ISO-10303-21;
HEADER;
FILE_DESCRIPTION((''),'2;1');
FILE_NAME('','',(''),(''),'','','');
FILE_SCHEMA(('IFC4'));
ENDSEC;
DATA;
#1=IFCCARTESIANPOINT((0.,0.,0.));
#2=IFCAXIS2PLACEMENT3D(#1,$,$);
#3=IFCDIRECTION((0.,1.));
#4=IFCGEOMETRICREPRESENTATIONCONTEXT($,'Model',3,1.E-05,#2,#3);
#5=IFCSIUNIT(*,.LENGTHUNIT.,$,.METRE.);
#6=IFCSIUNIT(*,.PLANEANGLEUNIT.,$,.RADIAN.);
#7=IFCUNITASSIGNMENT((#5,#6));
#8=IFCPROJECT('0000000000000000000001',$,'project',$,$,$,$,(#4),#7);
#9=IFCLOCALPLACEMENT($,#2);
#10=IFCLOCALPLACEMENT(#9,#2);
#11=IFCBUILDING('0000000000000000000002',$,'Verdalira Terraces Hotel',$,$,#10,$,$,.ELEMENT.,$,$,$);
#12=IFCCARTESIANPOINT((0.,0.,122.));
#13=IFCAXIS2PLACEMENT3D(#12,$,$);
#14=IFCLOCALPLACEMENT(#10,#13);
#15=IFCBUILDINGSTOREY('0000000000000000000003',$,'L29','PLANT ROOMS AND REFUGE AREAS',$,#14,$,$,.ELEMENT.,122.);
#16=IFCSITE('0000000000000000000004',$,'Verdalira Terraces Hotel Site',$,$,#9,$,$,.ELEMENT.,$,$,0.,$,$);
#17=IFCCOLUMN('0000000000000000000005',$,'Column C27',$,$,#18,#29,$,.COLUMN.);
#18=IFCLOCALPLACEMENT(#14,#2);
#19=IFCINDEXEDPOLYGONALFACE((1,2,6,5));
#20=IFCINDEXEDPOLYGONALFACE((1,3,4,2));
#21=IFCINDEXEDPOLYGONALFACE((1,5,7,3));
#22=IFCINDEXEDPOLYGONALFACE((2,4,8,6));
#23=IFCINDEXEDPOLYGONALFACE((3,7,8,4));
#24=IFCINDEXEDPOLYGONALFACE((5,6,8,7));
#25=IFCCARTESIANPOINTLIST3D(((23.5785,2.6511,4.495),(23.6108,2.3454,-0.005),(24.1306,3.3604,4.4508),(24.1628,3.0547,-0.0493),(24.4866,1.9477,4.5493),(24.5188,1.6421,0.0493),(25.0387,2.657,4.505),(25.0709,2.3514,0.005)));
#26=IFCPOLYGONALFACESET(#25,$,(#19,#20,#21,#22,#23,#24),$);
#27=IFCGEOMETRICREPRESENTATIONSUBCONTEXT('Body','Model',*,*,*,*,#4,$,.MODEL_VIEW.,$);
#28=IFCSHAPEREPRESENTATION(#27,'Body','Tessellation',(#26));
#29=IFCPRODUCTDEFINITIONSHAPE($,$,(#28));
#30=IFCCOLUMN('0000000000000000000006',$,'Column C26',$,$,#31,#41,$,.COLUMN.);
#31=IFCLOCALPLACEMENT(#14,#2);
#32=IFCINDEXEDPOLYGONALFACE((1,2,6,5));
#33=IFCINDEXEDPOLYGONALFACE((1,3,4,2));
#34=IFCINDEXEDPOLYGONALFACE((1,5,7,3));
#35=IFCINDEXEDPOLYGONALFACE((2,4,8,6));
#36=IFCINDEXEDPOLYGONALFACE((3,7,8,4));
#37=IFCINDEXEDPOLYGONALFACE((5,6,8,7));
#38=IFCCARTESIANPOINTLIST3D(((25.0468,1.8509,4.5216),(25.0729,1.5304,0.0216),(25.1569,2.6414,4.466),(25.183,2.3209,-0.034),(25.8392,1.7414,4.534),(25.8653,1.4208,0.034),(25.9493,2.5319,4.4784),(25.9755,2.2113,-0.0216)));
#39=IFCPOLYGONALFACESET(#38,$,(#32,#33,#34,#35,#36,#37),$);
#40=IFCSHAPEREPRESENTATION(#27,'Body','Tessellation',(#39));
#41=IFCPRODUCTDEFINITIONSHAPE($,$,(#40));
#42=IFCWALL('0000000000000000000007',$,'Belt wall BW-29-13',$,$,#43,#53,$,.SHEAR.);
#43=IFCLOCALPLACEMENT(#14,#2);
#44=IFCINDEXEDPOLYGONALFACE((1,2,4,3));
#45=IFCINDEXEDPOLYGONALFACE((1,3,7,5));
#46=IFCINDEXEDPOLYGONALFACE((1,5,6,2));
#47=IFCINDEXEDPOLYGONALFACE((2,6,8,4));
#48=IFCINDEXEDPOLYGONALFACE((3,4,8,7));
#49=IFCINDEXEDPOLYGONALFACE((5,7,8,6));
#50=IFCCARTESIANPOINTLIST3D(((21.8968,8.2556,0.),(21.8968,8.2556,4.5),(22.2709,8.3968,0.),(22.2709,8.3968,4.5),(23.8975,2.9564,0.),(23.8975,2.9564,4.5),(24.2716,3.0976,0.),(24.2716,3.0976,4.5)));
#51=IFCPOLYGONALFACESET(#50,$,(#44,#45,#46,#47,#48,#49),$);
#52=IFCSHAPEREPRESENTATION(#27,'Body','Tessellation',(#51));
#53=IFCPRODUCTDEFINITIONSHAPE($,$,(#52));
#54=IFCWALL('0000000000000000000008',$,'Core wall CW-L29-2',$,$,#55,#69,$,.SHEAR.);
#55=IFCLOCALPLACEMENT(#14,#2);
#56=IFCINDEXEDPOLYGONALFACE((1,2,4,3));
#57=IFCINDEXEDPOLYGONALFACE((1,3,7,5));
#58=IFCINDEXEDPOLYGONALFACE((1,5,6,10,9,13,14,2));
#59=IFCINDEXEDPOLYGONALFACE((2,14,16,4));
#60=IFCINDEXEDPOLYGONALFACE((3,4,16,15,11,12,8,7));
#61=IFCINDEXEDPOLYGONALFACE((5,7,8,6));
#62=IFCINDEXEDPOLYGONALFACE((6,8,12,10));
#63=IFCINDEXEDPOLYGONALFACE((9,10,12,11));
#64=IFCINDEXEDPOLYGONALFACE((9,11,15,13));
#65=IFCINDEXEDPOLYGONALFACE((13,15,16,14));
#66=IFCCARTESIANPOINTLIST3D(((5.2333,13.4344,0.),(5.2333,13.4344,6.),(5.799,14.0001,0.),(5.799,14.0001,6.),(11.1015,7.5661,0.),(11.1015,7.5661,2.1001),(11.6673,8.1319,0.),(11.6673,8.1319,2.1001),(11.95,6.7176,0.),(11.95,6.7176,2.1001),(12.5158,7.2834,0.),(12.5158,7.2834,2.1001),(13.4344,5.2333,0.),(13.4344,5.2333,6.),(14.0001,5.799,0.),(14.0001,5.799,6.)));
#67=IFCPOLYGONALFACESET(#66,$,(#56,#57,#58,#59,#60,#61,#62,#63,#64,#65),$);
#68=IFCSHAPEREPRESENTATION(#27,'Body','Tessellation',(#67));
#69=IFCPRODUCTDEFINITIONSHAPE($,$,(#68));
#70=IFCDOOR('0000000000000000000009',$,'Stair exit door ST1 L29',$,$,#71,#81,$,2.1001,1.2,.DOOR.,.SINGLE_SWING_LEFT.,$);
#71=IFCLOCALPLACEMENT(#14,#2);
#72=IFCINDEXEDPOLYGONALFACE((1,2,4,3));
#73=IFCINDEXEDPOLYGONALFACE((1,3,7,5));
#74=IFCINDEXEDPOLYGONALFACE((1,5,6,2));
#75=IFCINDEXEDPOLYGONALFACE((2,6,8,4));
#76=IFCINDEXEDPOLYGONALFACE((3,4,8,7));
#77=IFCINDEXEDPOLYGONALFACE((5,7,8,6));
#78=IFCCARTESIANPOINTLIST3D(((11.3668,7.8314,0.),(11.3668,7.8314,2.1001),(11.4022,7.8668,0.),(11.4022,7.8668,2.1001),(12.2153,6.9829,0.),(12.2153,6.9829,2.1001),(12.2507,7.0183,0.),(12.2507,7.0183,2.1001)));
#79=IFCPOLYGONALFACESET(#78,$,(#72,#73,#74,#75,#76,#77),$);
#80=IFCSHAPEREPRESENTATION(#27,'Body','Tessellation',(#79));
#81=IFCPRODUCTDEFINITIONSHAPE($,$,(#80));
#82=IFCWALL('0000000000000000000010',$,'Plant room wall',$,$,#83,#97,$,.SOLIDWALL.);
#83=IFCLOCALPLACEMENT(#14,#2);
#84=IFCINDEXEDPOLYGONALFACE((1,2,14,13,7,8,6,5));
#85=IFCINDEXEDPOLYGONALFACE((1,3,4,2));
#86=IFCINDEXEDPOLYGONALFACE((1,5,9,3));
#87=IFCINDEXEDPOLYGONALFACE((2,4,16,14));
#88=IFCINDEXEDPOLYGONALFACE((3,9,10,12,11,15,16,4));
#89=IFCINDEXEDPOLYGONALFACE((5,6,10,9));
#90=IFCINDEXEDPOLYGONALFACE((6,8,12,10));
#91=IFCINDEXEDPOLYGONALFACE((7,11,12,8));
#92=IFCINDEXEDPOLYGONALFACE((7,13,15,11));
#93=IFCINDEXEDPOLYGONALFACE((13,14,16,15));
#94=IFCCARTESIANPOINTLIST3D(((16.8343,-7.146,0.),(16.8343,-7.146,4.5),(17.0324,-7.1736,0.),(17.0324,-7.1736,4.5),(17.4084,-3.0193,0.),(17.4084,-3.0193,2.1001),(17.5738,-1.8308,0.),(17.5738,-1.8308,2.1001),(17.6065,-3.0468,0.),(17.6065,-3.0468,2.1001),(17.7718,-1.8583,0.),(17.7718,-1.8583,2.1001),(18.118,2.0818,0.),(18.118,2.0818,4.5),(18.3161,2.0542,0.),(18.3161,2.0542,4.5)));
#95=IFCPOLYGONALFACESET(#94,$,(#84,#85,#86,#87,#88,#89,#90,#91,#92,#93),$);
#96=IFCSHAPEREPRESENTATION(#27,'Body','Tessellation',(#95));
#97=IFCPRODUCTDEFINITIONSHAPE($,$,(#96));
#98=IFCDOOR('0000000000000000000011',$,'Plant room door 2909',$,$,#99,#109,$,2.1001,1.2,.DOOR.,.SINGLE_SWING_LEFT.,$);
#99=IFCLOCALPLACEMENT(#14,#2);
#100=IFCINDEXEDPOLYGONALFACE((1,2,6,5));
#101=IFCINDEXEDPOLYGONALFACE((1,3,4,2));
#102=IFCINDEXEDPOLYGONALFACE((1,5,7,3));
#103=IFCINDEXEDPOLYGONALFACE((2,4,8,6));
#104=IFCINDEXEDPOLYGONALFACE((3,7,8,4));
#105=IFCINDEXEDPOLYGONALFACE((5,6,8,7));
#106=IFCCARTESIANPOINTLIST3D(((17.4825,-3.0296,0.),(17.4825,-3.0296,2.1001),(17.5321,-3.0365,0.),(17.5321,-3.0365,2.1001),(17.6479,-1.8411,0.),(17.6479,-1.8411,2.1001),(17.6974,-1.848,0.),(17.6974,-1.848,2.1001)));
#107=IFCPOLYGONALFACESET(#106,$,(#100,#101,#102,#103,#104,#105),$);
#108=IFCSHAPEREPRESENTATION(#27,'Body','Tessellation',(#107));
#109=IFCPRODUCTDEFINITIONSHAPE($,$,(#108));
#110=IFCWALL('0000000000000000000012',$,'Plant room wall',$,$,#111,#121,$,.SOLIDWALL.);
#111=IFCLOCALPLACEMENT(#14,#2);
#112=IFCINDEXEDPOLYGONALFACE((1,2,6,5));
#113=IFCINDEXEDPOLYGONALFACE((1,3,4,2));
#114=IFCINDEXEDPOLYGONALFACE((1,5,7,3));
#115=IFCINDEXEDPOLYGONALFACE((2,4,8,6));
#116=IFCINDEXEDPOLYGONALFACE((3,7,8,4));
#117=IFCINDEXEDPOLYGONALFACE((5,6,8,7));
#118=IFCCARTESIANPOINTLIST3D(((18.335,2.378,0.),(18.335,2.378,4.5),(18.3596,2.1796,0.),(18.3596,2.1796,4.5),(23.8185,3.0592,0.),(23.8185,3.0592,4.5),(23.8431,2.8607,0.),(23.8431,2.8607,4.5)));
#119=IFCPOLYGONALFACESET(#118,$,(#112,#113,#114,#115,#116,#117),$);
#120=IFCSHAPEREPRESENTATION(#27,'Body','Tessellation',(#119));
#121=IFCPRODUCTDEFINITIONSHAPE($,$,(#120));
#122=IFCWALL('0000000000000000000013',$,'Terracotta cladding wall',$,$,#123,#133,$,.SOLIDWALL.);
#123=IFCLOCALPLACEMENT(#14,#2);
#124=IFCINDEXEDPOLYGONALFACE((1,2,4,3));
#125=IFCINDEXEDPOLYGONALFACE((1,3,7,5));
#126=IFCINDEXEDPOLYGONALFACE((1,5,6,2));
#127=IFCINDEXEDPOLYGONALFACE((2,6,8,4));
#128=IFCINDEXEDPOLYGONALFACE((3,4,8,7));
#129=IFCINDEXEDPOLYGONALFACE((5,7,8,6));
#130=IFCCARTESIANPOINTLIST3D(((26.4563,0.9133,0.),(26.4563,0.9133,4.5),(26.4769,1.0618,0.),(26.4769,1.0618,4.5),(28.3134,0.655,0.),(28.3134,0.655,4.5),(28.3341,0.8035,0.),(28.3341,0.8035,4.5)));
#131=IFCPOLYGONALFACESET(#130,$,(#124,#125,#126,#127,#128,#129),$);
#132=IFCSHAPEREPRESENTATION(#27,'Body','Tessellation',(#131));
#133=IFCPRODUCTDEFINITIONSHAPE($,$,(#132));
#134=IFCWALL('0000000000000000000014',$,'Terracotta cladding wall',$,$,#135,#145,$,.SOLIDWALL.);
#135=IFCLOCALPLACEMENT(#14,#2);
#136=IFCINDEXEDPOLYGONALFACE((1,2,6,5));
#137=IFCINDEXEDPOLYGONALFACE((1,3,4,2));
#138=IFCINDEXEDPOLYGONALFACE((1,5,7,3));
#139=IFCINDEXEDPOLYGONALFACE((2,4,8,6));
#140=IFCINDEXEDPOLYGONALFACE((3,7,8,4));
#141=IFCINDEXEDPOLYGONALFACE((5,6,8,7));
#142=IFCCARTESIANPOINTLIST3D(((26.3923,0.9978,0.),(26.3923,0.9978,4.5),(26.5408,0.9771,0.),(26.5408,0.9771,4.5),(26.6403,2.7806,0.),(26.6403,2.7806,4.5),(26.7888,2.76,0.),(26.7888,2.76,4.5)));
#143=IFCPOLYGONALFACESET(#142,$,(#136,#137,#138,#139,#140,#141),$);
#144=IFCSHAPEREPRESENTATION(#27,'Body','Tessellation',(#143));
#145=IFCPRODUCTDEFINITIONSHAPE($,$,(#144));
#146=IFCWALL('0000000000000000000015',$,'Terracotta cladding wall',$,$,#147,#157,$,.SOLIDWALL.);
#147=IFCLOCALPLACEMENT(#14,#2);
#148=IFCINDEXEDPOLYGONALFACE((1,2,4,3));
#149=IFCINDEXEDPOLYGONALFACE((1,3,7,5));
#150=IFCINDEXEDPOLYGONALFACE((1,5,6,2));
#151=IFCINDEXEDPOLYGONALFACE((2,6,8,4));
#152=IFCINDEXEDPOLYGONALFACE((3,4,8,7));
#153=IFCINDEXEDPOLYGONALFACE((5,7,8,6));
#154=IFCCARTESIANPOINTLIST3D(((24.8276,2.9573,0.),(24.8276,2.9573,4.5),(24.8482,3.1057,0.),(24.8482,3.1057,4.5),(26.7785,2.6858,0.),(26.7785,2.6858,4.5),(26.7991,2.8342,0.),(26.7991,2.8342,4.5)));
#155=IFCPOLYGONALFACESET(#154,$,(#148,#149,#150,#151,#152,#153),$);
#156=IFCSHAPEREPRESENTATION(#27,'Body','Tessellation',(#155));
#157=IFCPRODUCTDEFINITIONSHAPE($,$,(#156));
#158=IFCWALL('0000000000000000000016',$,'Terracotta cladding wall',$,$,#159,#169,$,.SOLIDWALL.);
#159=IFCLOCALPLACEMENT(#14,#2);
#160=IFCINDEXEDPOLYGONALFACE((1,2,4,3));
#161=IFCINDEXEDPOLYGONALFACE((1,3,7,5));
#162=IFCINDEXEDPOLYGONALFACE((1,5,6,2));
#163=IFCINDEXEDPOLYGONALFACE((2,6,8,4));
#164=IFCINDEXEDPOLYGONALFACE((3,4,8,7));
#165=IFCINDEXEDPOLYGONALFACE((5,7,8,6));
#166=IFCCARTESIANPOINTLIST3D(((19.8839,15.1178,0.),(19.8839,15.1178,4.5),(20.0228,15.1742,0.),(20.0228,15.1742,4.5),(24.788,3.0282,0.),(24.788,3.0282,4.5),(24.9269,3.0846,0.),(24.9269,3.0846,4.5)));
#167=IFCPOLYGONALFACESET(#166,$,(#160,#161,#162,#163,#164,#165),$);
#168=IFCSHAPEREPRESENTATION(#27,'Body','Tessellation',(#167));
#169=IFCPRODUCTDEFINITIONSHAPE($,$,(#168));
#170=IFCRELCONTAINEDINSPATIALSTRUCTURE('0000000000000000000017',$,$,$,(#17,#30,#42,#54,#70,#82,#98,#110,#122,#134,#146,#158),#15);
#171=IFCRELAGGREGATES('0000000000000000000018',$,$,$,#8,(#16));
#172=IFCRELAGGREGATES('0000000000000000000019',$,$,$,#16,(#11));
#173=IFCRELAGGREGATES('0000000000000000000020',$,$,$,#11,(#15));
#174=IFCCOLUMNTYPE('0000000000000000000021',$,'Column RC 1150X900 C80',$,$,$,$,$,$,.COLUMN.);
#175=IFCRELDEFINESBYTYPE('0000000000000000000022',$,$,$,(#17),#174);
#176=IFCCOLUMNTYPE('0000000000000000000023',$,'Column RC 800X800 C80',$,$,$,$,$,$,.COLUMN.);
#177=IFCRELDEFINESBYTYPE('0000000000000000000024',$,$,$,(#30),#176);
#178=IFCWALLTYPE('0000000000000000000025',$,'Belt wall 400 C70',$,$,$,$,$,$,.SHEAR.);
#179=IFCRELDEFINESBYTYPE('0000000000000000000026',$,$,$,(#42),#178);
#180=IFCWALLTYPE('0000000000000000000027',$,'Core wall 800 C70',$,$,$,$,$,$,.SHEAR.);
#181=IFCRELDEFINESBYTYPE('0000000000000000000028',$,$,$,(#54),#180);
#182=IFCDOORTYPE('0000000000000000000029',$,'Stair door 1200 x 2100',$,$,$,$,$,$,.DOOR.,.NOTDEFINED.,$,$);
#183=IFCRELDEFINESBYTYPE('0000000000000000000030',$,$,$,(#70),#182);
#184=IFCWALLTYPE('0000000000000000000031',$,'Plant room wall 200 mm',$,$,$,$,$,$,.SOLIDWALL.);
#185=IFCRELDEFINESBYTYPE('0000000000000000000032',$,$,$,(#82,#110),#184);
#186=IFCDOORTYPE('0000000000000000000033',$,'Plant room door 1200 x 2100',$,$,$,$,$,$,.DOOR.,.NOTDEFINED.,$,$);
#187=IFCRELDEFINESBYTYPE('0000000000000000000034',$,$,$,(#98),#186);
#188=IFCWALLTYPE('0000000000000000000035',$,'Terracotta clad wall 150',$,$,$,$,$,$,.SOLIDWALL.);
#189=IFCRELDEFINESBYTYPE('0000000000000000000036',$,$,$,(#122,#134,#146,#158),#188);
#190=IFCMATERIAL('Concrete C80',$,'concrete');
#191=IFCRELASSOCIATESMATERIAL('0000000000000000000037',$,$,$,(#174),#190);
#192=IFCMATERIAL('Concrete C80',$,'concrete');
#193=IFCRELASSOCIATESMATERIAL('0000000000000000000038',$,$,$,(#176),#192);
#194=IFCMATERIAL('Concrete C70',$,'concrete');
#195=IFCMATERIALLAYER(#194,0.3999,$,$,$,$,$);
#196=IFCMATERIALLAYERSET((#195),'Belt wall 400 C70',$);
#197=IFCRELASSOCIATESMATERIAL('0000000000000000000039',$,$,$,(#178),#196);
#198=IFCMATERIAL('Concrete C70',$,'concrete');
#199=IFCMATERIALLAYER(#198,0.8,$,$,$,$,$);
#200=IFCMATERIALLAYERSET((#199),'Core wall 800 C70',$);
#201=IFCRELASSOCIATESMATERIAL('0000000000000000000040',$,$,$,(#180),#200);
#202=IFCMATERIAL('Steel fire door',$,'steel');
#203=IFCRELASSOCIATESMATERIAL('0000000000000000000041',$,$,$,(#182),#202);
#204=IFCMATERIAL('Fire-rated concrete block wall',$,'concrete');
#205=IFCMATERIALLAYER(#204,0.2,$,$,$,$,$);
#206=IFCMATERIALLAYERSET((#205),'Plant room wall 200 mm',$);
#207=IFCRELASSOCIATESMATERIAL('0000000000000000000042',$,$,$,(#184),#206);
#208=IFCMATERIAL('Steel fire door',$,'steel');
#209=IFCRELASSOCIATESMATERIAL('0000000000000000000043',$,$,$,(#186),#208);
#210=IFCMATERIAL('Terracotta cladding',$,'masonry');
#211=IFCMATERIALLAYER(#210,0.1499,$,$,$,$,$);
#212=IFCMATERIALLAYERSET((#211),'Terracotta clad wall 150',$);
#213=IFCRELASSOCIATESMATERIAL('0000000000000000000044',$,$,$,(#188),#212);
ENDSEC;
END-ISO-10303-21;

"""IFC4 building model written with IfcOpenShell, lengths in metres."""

from ifc_helpers import new_model, si_unit, direction, frame, frame_2d, origin, origin_2d, place, context, subcontext, project, spatial, rectangle, extrude, material, layer, layer_set, material_profile, profile_set, type_object, element, fill, save


model = new_model("IFC4")

# Units and contexts
model_context = context("Model", 3, precision=1e-05, world=origin(), true_north=direction((0.0, 1.0)))
body_context = subcontext(model_context, "Body", "Model", "MODEL_VIEW")
ifc_project = project(units=[si_unit("LENGTHUNIT", "METRE"), si_unit("PLANEANGLEUNIT", "RADIAN")], contexts=[model_context])

# Site, building, storey
site_placement = place(None, origin())
site = spatial("IfcSite", under=ifc_project, at=site_placement, Name="Verdalira Terraces Hotel Site", CompositionType="ELEMENT", RefElevation=0.0)
building_placement = place(site_placement, origin())
building = spatial("IfcBuilding", under=site, at=building_placement, Name="Verdalira Terraces Hotel", CompositionType="ELEMENT")
storey_placement = place(building_placement, frame((0.0, 0.0, 122.0)))
storey = spatial("IfcBuildingStorey", under=building, at=storey_placement, Name="L29", Description="PLANT ROOMS AND REFUGE AREAS", CompositionType="ELEMENT", Elevation=122.0)

# Columns
ifc_material_1 = material(Name="Concrete C80", Category="concrete")
ifc_material_profile_1 = material_profile(ifc_material_1, rectangle(XDim=1.1499, YDim=0.8999, at=origin_2d()), Name="RC 1150X900")
ifc_profile_set_1 = profile_set([ifc_material_profile_1], Name="Concrete C80")
column_type_1 = type_object("IfcColumnType", Name="Column RC 1150X900 C80", PredefinedType="COLUMN", material=ifc_profile_set_1)
column_1_placement = place(storey_placement, frame((24.3408, 2.3484, 0.0), z_axis=(-0.007145, 0.067767, 0.997676), x_axis=(0.789708, -0.611664, 0.047203)))
element("IfcColumn", 1, at=column_1_placement, inside=storey, type_object=column_type_1, Name="Column C27", PredefinedType="COLUMN", context=body_context, shape_type="SweptSolid", body=[
    extrude(rectangle(XDim=1.1499, YDim=0.8999, at=origin_2d()), origin(), (0.0, 0.0, 1.0), 4.5105),
])
ifc_material_2 = material(Name="Concrete C80", Category="concrete")
ifc_material_profile_2 = material_profile(ifc_material_2, rectangle(XDim=0.8, YDim=0.8, at=origin_2d()), Name="RC 800X800")
ifc_profile_set_2 = profile_set([ifc_material_profile_2], Name="Concrete C80")
column_type_2 = type_object("IfcColumnType", Name="Column RC 800X800 C80", PredefinedType="COLUMN", material=ifc_profile_set_2)
column_2_placement = place(storey_placement, frame((25.5242, 1.8708, 0.0), z_axis=(-0.00579, 0.071054, 0.997456), x_axis=(-0.990459, 0.136931, -0.015504)))
element("IfcColumn", 2, at=column_2_placement, inside=storey, type_object=column_type_2, Name="Column C26", PredefinedType="COLUMN", context=body_context, shape_type="SweptSolid", body=[
    extrude(rectangle(XDim=0.8, YDim=0.8, at=origin_2d()), origin(), (0.0, 0.0, 1.0), 4.5115),
])

# Wall
ifc_material_3 = material(Name="Concrete C70", Category="concrete")
ifc_layer_1 = layer(ifc_material_3, 0.3999)
ifc_layer_set_1 = layer_set([ifc_layer_1], Name="Belt wall 400 C70")
wall_type_1 = type_object("IfcWallType", Name="Belt wall 400 C70", PredefinedType="SHEAR", material=ifc_layer_set_1)
wall_1_placement = place(storey_placement, frame((24.0845, 3.0271, 0.0), z_axis=(0.0, 0.0, 1.0), x_axis=(-0.35321, 0.935544, 0.0)))
element("IfcWall", 3, at=wall_1_placement, inside=storey, type_object=wall_type_1, Name="Belt wall BW-29-13", PredefinedType="SHEAR", context=body_context, shape_type="SweptSolid", body=[
    extrude(rectangle(XDim=5.6643, YDim=0.3999, at=frame_2d((2.832, 0.0))), origin(), (0.0, 0.0, 1.0), 4.5),
])

# Walls, openings, doors
ifc_material_4 = material(Name="Concrete C70", Category="concrete")
ifc_layer_2 = layer(ifc_material_4, 0.8)
ifc_layer_set_2 = layer_set([ifc_layer_2], Name="Core wall 800 C70")
wall_type_2 = type_object("IfcWallType", Name="Core wall 800 C70", PredefinedType="SHEAR", material=ifc_layer_set_2)
wall_2_placement = place(storey_placement, frame((13.7173, 5.5161, 0.0), z_axis=(0.0, 0.0, 1.0), x_axis=(-0.707107, 0.707107, 0.0)))
wall_2 = element("IfcWall", 4, at=wall_2_placement, inside=storey, type_object=wall_type_2, Name="Core wall CW-L29-2", PredefinedType="SHEAR", context=body_context, shape_type="SweptSolid", body=[
    extrude(rectangle(XDim=11.5981, YDim=0.8, at=frame_2d((5.7991, 0.0))), origin(), (0.0, 0.0, 1.0), 6.0),
])
opening_1_placement = place(wall_2_placement, frame((2.0991, 0.0, 0.0)))
opening_1 = element("IfcOpeningElement", 5, at=opening_1_placement, cuts=wall_2, PredefinedType="OPENING", context=body_context, shape_type="SweptSolid", body=[
    extrude(rectangle(XDim=1.2, YDim=2.1001, at=frame_2d((0.6001, 1.05))), frame((0.0, 0.4099, 0.0), z_axis=(0.0, -1.0, 0.0), x_axis=(1.0, 0.0, 0.0)), (0.0, 0.0, 1.0), 0.8201),
])
ifc_material_5 = material(Name="Steel fire door", Category="steel")
door_type_1 = type_object("IfcDoorType", Name="Stair door 1200 x 2100", OperationType="NOTDEFINED", PredefinedType="DOOR", material=ifc_material_5)
door_1_placement = place(opening_1_placement, origin())
door_1 = element("IfcDoor", 6, at=door_1_placement, inside=storey, type_object=door_type_1, Name="Stair exit door ST1 L29", OperationType="SINGLE_SWING_LEFT", OverallHeight=2.1001, OverallWidth=1.2, PredefinedType="DOOR", context=body_context, shape_type="SweptSolid", body=[
    extrude(rectangle(XDim=1.2, YDim=2.1001, at=frame_2d((0.6001, 1.05))), frame((0.0, 0.0249, 0.0), z_axis=(0.0, -1.0, 0.0), x_axis=(1.0, 0.0, 0.0)), (0.0, 0.0, 1.0), 0.05),
])
fill(opening_1, door_1)
ifc_material_6 = material(Name="Fire-rated concrete block wall", Category="concrete")
ifc_layer_3 = layer(ifc_material_6, 0.2)
ifc_layer_set_3 = layer_set([ifc_layer_3], Name="Plant room wall 200 mm")
wall_type_3 = type_object("IfcWallType", Name="Plant room wall 200 mm", PredefinedType="SOLIDWALL", material=ifc_layer_set_3)
wall_3_placement = place(storey_placement, frame((18.217, 2.0679, 0.0), z_axis=(0.0, 0.0, 1.0), x_axis=(-0.137785, -0.990462, 0.0)))
wall_3 = element("IfcWall", 7, at=wall_3_placement, inside=storey, type_object=wall_type_3, Name="Plant room wall", PredefinedType="SOLIDWALL", context=body_context, shape_type="SweptSolid", body=[
    extrude(rectangle(XDim=9.3166, YDim=0.2, at=frame_2d((4.6582, 0.0))), origin(), (0.0, 0.0, 1.0), 4.5),
])
opening_2_placement = place(wall_3_placement, frame((3.95, 0.0, 0.0)))
opening_2 = element("IfcOpeningElement", 8, at=opening_2_placement, cuts=wall_3, PredefinedType="OPENING", context=body_context, shape_type="SweptSolid", body=[
    extrude(rectangle(XDim=1.2, YDim=2.1001, at=frame_2d((0.6001, 1.05))), frame((0.0, 0.1099, 0.0), z_axis=(0.0, -1.0, 0.0), x_axis=(1.0, 0.0, 0.0)), (0.0, 0.0, 1.0), 0.22),
])
ifc_material_7 = material(Name="Steel fire door", Category="steel")
door_type_2 = type_object("IfcDoorType", Name="Plant room door 1200 x 2100", OperationType="NOTDEFINED", PredefinedType="DOOR", material=ifc_material_7)
door_2_placement = place(opening_2_placement, origin())
door_2 = element("IfcDoor", 9, at=door_2_placement, inside=storey, type_object=door_type_2, Name="Plant room door 2909", OperationType="SINGLE_SWING_LEFT", OverallHeight=2.1001, OverallWidth=1.2, PredefinedType="DOOR", context=body_context, shape_type="SweptSolid", body=[
    extrude(rectangle(XDim=1.2, YDim=2.1001, at=frame_2d((0.6001, 1.05))), frame((0.0, 0.0249, 0.0), z_axis=(0.0, -1.0, 0.0), x_axis=(1.0, 0.0, 0.0)), (0.0, 0.0, 1.0), 0.05),
])
fill(opening_2, door_2)

# Walls
wall_4_placement = place(storey_placement, frame((18.3474, 2.2788, 0.0), z_axis=(0.0, 0.0, 1.0), x_axis=(0.992373, 0.123273, 0.0)))
element("IfcWall", 10, at=wall_4_placement, inside=storey, type_object=wall_type_3, Name="Plant room wall", PredefinedType="SOLIDWALL", context=body_context, shape_type="SweptSolid", body=[
    extrude(rectangle(XDim=5.5256, YDim=0.2, at=frame_2d((2.7627, 0.0))), origin(), (0.0, 0.0, 1.0), 4.5),
])
ifc_material_8 = material(Name="Terracotta cladding", Category="masonry")
ifc_layer_4 = layer(ifc_material_8, 0.1499)
ifc_layer_set_4 = layer_set([ifc_layer_4], Name="Terracotta clad wall 150")
wall_type_4 = type_object("IfcWallType", Name="Terracotta clad wall 150", PredefinedType="SOLIDWALL", material=ifc_layer_set_4)
wall_5_placement = place(storey_placement, frame((28.3237, 0.7292, 0.0), z_axis=(0.0, 0.0, 1.0), x_axis=(-0.990466, 0.137756, 0.0)))
element("IfcWall", 11, at=wall_5_placement, inside=storey, type_object=wall_type_4, Name="Terracotta cladding wall", PredefinedType="SOLIDWALL", context=body_context, shape_type="SweptSolid", body=[
    extrude(rectangle(XDim=1.875, YDim=0.1499, at=frame_2d((0.9375, 0.0))), origin(), (0.0, 0.0, 1.0), 4.5),
])
wall_6_placement = place(storey_placement, frame((26.4666, 0.9875, 0.0), z_axis=(0.0, 0.0, 1.0), x_axis=(0.137794, 0.990461, 0.0)))
element("IfcWall", 12, at=wall_6_placement, inside=storey, type_object=wall_type_4, Name="Terracotta cladding wall", PredefinedType="SOLIDWALL", context=body_context, shape_type="SweptSolid", body=[
    extrude(rectangle(XDim=1.8, YDim=0.1499, at=frame_2d((0.8999, 0.0))), origin(), (0.0, 0.0, 1.0), 4.5),
])
wall_7_placement = place(storey_placement, frame((26.7888, 2.76, 0.0), z_axis=(0.0, 0.0, 1.0), x_axis=(-0.990456, 0.137828, 0.0)))
element("IfcWall", 13, at=wall_7_placement, inside=storey, type_object=wall_type_4, Name="Terracotta cladding wall", PredefinedType="SOLIDWALL", context=body_context, shape_type="SweptSolid", body=[
    extrude(rectangle(XDim=1.9697, YDim=0.1499, at=frame_2d((0.9849, 0.0))), origin(), (0.0, 0.0, 1.0), 4.5),
])
wall_8_placement = place(storey_placement, frame((24.8574, 3.0564, 0.0), z_axis=(0.0, 0.0, 1.0), x_axis=(-0.375894, 0.926663, 0.0)))
element("IfcWall", 14, at=wall_8_placement, inside=storey, type_object=wall_type_4, Name="Terracotta cladding wall", PredefinedType="SOLIDWALL", context=body_context, shape_type="SweptSolid", body=[
    extrude(rectangle(XDim=13.0464, YDim=0.1499, at=frame_2d((6.5232, 0.0))), origin(), (0.0, 0.0, 1.0), 4.5),
])

save(model, "model.ifc")
